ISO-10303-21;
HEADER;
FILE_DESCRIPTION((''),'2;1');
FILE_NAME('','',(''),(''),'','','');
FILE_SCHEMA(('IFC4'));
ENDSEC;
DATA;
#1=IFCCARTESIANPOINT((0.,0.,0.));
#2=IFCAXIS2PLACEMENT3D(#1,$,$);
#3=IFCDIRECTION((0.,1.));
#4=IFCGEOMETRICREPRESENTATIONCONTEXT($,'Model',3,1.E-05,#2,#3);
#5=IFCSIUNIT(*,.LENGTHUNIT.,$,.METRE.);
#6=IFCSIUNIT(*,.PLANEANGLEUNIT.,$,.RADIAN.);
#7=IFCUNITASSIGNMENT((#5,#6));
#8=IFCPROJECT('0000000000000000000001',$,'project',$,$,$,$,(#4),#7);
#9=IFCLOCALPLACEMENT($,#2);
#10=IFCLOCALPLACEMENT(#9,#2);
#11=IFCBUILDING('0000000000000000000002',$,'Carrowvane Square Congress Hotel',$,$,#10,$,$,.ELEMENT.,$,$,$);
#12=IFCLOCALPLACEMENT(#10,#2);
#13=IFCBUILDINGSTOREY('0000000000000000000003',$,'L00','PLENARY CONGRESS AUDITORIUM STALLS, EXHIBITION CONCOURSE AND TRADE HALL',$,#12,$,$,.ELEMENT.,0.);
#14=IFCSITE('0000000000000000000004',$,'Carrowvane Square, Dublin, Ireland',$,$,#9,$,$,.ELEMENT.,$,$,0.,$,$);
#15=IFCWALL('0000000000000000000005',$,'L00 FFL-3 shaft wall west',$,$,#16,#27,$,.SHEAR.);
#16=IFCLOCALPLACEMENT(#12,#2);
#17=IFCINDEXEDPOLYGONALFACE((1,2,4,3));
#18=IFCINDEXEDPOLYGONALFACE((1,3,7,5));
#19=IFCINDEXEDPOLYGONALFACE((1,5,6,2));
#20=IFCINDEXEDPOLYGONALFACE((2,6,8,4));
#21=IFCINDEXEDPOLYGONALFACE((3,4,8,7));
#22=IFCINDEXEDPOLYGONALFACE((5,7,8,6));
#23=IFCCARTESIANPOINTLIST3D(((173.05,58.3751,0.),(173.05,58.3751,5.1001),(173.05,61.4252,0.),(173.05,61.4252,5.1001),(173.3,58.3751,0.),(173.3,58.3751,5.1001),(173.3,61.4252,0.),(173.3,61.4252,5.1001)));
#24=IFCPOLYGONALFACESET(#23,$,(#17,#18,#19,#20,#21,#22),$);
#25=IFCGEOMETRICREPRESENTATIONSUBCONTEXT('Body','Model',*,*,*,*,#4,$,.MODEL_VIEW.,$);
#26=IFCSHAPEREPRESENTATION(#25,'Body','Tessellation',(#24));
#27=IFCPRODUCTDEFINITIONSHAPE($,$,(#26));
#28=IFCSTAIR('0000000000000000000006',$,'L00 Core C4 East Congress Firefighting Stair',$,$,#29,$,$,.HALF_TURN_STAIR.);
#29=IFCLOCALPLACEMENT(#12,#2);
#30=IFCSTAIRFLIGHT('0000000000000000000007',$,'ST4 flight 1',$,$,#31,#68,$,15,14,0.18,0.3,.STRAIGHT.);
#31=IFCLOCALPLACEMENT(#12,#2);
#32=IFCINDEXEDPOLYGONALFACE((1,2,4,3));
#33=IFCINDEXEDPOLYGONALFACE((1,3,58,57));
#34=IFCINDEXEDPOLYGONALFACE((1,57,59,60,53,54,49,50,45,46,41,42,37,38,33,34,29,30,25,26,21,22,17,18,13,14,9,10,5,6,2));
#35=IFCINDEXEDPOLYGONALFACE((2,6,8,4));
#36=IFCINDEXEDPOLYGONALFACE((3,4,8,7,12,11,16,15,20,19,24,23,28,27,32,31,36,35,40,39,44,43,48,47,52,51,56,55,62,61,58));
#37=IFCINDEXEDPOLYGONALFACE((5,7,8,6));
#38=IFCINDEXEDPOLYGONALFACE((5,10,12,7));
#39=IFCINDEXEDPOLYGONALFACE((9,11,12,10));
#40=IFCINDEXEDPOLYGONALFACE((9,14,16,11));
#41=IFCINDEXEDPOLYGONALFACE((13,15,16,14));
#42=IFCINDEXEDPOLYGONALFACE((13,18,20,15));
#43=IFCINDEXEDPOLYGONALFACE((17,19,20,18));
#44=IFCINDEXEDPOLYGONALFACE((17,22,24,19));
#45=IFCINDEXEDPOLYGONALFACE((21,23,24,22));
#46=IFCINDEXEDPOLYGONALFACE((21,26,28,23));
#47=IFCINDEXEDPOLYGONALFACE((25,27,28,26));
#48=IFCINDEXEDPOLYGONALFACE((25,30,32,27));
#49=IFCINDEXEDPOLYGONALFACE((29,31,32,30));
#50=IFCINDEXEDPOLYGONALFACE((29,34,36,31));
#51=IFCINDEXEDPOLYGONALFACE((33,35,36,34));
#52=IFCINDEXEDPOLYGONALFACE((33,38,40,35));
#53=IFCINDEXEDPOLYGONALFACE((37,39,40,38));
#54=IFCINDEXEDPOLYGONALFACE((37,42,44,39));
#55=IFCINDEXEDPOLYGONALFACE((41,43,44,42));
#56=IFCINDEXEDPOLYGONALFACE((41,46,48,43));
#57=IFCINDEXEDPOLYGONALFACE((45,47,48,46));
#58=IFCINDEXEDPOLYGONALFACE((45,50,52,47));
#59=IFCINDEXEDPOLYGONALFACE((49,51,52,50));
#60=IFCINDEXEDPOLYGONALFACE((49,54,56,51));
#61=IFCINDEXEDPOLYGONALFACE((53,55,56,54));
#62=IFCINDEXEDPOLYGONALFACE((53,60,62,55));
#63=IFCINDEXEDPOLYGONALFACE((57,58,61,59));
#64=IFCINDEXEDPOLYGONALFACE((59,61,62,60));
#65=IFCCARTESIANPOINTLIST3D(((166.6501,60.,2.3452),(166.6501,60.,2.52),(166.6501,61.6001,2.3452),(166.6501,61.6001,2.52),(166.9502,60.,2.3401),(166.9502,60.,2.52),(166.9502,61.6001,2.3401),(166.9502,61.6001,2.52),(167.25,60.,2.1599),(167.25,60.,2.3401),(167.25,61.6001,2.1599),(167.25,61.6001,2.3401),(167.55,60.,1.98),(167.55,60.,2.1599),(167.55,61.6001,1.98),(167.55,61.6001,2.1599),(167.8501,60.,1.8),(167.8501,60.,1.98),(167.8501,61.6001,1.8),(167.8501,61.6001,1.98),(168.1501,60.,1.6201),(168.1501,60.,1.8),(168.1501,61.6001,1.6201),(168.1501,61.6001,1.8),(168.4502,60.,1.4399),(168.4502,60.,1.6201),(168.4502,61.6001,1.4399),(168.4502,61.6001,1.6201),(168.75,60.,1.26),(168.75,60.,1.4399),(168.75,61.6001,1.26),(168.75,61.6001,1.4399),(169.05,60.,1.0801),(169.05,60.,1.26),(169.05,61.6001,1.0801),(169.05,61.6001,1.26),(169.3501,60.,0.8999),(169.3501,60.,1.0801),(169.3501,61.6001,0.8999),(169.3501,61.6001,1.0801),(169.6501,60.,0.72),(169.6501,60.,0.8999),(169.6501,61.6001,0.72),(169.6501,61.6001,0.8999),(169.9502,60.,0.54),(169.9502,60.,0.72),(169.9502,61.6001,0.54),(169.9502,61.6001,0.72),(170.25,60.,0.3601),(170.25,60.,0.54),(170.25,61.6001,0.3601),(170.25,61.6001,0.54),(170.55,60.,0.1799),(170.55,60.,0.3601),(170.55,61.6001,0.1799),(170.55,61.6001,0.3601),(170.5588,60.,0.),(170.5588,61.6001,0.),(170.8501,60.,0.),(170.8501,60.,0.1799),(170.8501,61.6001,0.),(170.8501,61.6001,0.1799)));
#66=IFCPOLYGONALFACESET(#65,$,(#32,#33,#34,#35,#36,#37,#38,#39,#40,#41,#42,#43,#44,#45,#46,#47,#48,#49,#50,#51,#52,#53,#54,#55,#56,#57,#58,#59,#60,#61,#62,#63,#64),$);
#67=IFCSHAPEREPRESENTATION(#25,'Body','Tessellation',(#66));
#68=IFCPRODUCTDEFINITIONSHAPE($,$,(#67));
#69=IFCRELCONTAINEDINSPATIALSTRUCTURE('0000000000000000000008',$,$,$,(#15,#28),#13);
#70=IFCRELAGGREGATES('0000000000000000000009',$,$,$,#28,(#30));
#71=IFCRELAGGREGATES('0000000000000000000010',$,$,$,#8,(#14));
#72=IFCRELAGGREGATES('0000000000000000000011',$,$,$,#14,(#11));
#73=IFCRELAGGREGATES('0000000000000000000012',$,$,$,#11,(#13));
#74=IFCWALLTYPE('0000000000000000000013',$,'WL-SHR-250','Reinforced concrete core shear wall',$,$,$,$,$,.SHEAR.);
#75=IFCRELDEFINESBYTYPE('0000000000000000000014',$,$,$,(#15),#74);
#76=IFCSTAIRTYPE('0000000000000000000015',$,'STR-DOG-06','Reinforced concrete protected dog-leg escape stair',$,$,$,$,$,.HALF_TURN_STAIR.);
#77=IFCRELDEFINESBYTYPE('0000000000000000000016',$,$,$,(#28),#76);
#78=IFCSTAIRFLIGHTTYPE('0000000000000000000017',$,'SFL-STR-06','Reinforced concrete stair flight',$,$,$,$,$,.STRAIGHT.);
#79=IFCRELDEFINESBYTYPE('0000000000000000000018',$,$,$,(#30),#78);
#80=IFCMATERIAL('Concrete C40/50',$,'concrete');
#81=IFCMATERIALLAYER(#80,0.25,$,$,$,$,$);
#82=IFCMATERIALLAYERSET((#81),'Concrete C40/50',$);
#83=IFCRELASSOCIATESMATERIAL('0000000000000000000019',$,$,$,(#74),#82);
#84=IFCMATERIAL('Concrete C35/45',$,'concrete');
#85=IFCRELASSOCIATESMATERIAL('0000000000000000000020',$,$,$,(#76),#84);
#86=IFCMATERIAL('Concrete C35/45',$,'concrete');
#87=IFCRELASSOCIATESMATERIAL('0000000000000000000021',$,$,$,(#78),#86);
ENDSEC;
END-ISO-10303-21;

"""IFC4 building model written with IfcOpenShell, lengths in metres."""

from ifc_helpers import new_model, si_unit, direction, frame, frame_2d, origin, place, context, subcontext, project, spatial, polyline, rectangle, outline, extrude, material, layer, layer_set, type_object, element, aggregate, save


model = new_model("IFC4")

# Units and contexts
model_context = context("Model", 3, precision=1e-05, world=origin(), true_north=direction((0.0, 1.0)))
body_context = subcontext(model_context, "Body", "Model", "MODEL_VIEW")
ifc_project = project(units=[si_unit("LENGTHUNIT", "METRE"), si_unit("PLANEANGLEUNIT", "RADIAN")], contexts=[model_context])

# Site, building, storey
site_placement = place(None, origin())
site = spatial("IfcSite", under=ifc_project, at=site_placement, Name="Carrowvane Square, Dublin, Ireland", CompositionType="ELEMENT", RefElevation=0.0)
building_placement = place(site_placement, origin())
building = spatial("IfcBuilding", under=site, at=building_placement, Name="Carrowvane Square Congress Hotel", CompositionType="ELEMENT")
storey_placement = place(building_placement, origin())
storey = spatial("IfcBuildingStorey", under=building, at=storey_placement, Name="L00", Description="PLENARY CONGRESS AUDITORIUM STALLS, EXHIBITION CONCOURSE AND TRADE HALL", CompositionType="ELEMENT", Elevation=0.0)

# Shared definitions
ifc_material_1 = material(Name="Concrete C40/50", Category="concrete")
ifc_layer_1 = layer(ifc_material_1, 0.25)
ifc_layer_set_1 = layer_set([ifc_layer_1], Name="Concrete C40/50")
wall_type_1 = type_object("IfcWallType", Name="WL-SHR-250", Description="Reinforced concrete core shear wall", PredefinedType="SHEAR", material=ifc_layer_set_1)

# Wall
wall_1_placement = place(storey_placement, frame((173.175, 61.425, 0.0), z_axis=(0.0, 0.0, 1.0), x_axis=(0.0, -1.0, 0.0)))
element("IfcWall", 1, at=wall_1_placement, inside=storey, type_object=wall_type_1, Name="L00 FFL-3 shaft wall west", PredefinedType="SHEAR", context=body_context, shape_type="SweptSolid", body=[
    extrude(rectangle(XDim=3.05, YDim=0.25, at=frame_2d((1.5249, 0.0))), origin(), (0.0, 0.0, 1.0), 5.1001),
])

# Stair, stair flight
ifc_material_2 = material(Name="Concrete C35/45", Category="concrete")
stair_type = type_object("IfcStairType", Name="STR-DOG-06", Description="Reinforced concrete protected dog-leg escape stair", PredefinedType="HALF_TURN_STAIR", material=ifc_material_2)
stair_placement = place(storey_placement, origin())
stair = element("IfcStair", 2, at=stair_placement, inside=storey, type_object=stair_type, Name="L00 Core C4 East Congress Firefighting Stair", PredefinedType="HALF_TURN_STAIR")
ifc_material_3 = material(Name="Concrete C35/45", Category="concrete")
stair_flight_type = type_object("IfcStairFlightType", Name="SFL-STR-06", Description="Reinforced concrete stair flight", PredefinedType="STRAIGHT", material=ifc_material_3)
stair_flight_placement = place(storey_placement, frame((170.8501, 60.8, 0.0), z_axis=(0.0, 0.0, 1.0), x_axis=(-1.0, 0.0, 0.0)))
stair_flight = element("IfcStairFlight", 3, at=stair_flight_placement, type_object=stair_flight_type, Name="ST4 flight 1", NumberOfRisers=15, NumberOfTreads=14, PredefinedType="STRAIGHT", RiserHeight=0.18, TreadLength=0.3, context=body_context, shape_type="SweptSolid", body=[
    extrude(outline(polyline([(0.0, 0.0), (0.0, 0.1799), (0.3, 0.1799), (0.3, 0.3601), (0.6001, 0.3601), (0.6001, 0.54), (0.8999, 0.54), (0.8999, 0.72), (1.2, 0.72), (1.2, 0.8999), (1.5, 0.8999), (1.5, 1.0801), (1.8, 1.0801), (1.8, 1.26), (2.1001, 1.26), (2.1001, 1.4399), (2.3999, 1.4399), (2.3999, 1.6201), (2.7, 1.6201), (2.7, 1.8), (3.0, 1.8), (3.0, 1.98), (3.3, 1.98), (3.3, 2.1599), (3.6001, 2.1599), (3.6001, 2.3401), (3.8999, 2.3401), (3.8999, 2.52), (4.2, 2.52), (4.2, 2.7), (4.2, 2.3452), (0.2913, 0.0), (0.0, 0.0)])), frame((0.0, 0.8, 0.0), z_axis=(0.0, -1.0, 0.0), x_axis=(1.0, 0.0, 0.0)), (0.0, 0.0, 1.0), 1.6001),
])
aggregate(stair, [stair_flight])

save(model, "model.ifc")
